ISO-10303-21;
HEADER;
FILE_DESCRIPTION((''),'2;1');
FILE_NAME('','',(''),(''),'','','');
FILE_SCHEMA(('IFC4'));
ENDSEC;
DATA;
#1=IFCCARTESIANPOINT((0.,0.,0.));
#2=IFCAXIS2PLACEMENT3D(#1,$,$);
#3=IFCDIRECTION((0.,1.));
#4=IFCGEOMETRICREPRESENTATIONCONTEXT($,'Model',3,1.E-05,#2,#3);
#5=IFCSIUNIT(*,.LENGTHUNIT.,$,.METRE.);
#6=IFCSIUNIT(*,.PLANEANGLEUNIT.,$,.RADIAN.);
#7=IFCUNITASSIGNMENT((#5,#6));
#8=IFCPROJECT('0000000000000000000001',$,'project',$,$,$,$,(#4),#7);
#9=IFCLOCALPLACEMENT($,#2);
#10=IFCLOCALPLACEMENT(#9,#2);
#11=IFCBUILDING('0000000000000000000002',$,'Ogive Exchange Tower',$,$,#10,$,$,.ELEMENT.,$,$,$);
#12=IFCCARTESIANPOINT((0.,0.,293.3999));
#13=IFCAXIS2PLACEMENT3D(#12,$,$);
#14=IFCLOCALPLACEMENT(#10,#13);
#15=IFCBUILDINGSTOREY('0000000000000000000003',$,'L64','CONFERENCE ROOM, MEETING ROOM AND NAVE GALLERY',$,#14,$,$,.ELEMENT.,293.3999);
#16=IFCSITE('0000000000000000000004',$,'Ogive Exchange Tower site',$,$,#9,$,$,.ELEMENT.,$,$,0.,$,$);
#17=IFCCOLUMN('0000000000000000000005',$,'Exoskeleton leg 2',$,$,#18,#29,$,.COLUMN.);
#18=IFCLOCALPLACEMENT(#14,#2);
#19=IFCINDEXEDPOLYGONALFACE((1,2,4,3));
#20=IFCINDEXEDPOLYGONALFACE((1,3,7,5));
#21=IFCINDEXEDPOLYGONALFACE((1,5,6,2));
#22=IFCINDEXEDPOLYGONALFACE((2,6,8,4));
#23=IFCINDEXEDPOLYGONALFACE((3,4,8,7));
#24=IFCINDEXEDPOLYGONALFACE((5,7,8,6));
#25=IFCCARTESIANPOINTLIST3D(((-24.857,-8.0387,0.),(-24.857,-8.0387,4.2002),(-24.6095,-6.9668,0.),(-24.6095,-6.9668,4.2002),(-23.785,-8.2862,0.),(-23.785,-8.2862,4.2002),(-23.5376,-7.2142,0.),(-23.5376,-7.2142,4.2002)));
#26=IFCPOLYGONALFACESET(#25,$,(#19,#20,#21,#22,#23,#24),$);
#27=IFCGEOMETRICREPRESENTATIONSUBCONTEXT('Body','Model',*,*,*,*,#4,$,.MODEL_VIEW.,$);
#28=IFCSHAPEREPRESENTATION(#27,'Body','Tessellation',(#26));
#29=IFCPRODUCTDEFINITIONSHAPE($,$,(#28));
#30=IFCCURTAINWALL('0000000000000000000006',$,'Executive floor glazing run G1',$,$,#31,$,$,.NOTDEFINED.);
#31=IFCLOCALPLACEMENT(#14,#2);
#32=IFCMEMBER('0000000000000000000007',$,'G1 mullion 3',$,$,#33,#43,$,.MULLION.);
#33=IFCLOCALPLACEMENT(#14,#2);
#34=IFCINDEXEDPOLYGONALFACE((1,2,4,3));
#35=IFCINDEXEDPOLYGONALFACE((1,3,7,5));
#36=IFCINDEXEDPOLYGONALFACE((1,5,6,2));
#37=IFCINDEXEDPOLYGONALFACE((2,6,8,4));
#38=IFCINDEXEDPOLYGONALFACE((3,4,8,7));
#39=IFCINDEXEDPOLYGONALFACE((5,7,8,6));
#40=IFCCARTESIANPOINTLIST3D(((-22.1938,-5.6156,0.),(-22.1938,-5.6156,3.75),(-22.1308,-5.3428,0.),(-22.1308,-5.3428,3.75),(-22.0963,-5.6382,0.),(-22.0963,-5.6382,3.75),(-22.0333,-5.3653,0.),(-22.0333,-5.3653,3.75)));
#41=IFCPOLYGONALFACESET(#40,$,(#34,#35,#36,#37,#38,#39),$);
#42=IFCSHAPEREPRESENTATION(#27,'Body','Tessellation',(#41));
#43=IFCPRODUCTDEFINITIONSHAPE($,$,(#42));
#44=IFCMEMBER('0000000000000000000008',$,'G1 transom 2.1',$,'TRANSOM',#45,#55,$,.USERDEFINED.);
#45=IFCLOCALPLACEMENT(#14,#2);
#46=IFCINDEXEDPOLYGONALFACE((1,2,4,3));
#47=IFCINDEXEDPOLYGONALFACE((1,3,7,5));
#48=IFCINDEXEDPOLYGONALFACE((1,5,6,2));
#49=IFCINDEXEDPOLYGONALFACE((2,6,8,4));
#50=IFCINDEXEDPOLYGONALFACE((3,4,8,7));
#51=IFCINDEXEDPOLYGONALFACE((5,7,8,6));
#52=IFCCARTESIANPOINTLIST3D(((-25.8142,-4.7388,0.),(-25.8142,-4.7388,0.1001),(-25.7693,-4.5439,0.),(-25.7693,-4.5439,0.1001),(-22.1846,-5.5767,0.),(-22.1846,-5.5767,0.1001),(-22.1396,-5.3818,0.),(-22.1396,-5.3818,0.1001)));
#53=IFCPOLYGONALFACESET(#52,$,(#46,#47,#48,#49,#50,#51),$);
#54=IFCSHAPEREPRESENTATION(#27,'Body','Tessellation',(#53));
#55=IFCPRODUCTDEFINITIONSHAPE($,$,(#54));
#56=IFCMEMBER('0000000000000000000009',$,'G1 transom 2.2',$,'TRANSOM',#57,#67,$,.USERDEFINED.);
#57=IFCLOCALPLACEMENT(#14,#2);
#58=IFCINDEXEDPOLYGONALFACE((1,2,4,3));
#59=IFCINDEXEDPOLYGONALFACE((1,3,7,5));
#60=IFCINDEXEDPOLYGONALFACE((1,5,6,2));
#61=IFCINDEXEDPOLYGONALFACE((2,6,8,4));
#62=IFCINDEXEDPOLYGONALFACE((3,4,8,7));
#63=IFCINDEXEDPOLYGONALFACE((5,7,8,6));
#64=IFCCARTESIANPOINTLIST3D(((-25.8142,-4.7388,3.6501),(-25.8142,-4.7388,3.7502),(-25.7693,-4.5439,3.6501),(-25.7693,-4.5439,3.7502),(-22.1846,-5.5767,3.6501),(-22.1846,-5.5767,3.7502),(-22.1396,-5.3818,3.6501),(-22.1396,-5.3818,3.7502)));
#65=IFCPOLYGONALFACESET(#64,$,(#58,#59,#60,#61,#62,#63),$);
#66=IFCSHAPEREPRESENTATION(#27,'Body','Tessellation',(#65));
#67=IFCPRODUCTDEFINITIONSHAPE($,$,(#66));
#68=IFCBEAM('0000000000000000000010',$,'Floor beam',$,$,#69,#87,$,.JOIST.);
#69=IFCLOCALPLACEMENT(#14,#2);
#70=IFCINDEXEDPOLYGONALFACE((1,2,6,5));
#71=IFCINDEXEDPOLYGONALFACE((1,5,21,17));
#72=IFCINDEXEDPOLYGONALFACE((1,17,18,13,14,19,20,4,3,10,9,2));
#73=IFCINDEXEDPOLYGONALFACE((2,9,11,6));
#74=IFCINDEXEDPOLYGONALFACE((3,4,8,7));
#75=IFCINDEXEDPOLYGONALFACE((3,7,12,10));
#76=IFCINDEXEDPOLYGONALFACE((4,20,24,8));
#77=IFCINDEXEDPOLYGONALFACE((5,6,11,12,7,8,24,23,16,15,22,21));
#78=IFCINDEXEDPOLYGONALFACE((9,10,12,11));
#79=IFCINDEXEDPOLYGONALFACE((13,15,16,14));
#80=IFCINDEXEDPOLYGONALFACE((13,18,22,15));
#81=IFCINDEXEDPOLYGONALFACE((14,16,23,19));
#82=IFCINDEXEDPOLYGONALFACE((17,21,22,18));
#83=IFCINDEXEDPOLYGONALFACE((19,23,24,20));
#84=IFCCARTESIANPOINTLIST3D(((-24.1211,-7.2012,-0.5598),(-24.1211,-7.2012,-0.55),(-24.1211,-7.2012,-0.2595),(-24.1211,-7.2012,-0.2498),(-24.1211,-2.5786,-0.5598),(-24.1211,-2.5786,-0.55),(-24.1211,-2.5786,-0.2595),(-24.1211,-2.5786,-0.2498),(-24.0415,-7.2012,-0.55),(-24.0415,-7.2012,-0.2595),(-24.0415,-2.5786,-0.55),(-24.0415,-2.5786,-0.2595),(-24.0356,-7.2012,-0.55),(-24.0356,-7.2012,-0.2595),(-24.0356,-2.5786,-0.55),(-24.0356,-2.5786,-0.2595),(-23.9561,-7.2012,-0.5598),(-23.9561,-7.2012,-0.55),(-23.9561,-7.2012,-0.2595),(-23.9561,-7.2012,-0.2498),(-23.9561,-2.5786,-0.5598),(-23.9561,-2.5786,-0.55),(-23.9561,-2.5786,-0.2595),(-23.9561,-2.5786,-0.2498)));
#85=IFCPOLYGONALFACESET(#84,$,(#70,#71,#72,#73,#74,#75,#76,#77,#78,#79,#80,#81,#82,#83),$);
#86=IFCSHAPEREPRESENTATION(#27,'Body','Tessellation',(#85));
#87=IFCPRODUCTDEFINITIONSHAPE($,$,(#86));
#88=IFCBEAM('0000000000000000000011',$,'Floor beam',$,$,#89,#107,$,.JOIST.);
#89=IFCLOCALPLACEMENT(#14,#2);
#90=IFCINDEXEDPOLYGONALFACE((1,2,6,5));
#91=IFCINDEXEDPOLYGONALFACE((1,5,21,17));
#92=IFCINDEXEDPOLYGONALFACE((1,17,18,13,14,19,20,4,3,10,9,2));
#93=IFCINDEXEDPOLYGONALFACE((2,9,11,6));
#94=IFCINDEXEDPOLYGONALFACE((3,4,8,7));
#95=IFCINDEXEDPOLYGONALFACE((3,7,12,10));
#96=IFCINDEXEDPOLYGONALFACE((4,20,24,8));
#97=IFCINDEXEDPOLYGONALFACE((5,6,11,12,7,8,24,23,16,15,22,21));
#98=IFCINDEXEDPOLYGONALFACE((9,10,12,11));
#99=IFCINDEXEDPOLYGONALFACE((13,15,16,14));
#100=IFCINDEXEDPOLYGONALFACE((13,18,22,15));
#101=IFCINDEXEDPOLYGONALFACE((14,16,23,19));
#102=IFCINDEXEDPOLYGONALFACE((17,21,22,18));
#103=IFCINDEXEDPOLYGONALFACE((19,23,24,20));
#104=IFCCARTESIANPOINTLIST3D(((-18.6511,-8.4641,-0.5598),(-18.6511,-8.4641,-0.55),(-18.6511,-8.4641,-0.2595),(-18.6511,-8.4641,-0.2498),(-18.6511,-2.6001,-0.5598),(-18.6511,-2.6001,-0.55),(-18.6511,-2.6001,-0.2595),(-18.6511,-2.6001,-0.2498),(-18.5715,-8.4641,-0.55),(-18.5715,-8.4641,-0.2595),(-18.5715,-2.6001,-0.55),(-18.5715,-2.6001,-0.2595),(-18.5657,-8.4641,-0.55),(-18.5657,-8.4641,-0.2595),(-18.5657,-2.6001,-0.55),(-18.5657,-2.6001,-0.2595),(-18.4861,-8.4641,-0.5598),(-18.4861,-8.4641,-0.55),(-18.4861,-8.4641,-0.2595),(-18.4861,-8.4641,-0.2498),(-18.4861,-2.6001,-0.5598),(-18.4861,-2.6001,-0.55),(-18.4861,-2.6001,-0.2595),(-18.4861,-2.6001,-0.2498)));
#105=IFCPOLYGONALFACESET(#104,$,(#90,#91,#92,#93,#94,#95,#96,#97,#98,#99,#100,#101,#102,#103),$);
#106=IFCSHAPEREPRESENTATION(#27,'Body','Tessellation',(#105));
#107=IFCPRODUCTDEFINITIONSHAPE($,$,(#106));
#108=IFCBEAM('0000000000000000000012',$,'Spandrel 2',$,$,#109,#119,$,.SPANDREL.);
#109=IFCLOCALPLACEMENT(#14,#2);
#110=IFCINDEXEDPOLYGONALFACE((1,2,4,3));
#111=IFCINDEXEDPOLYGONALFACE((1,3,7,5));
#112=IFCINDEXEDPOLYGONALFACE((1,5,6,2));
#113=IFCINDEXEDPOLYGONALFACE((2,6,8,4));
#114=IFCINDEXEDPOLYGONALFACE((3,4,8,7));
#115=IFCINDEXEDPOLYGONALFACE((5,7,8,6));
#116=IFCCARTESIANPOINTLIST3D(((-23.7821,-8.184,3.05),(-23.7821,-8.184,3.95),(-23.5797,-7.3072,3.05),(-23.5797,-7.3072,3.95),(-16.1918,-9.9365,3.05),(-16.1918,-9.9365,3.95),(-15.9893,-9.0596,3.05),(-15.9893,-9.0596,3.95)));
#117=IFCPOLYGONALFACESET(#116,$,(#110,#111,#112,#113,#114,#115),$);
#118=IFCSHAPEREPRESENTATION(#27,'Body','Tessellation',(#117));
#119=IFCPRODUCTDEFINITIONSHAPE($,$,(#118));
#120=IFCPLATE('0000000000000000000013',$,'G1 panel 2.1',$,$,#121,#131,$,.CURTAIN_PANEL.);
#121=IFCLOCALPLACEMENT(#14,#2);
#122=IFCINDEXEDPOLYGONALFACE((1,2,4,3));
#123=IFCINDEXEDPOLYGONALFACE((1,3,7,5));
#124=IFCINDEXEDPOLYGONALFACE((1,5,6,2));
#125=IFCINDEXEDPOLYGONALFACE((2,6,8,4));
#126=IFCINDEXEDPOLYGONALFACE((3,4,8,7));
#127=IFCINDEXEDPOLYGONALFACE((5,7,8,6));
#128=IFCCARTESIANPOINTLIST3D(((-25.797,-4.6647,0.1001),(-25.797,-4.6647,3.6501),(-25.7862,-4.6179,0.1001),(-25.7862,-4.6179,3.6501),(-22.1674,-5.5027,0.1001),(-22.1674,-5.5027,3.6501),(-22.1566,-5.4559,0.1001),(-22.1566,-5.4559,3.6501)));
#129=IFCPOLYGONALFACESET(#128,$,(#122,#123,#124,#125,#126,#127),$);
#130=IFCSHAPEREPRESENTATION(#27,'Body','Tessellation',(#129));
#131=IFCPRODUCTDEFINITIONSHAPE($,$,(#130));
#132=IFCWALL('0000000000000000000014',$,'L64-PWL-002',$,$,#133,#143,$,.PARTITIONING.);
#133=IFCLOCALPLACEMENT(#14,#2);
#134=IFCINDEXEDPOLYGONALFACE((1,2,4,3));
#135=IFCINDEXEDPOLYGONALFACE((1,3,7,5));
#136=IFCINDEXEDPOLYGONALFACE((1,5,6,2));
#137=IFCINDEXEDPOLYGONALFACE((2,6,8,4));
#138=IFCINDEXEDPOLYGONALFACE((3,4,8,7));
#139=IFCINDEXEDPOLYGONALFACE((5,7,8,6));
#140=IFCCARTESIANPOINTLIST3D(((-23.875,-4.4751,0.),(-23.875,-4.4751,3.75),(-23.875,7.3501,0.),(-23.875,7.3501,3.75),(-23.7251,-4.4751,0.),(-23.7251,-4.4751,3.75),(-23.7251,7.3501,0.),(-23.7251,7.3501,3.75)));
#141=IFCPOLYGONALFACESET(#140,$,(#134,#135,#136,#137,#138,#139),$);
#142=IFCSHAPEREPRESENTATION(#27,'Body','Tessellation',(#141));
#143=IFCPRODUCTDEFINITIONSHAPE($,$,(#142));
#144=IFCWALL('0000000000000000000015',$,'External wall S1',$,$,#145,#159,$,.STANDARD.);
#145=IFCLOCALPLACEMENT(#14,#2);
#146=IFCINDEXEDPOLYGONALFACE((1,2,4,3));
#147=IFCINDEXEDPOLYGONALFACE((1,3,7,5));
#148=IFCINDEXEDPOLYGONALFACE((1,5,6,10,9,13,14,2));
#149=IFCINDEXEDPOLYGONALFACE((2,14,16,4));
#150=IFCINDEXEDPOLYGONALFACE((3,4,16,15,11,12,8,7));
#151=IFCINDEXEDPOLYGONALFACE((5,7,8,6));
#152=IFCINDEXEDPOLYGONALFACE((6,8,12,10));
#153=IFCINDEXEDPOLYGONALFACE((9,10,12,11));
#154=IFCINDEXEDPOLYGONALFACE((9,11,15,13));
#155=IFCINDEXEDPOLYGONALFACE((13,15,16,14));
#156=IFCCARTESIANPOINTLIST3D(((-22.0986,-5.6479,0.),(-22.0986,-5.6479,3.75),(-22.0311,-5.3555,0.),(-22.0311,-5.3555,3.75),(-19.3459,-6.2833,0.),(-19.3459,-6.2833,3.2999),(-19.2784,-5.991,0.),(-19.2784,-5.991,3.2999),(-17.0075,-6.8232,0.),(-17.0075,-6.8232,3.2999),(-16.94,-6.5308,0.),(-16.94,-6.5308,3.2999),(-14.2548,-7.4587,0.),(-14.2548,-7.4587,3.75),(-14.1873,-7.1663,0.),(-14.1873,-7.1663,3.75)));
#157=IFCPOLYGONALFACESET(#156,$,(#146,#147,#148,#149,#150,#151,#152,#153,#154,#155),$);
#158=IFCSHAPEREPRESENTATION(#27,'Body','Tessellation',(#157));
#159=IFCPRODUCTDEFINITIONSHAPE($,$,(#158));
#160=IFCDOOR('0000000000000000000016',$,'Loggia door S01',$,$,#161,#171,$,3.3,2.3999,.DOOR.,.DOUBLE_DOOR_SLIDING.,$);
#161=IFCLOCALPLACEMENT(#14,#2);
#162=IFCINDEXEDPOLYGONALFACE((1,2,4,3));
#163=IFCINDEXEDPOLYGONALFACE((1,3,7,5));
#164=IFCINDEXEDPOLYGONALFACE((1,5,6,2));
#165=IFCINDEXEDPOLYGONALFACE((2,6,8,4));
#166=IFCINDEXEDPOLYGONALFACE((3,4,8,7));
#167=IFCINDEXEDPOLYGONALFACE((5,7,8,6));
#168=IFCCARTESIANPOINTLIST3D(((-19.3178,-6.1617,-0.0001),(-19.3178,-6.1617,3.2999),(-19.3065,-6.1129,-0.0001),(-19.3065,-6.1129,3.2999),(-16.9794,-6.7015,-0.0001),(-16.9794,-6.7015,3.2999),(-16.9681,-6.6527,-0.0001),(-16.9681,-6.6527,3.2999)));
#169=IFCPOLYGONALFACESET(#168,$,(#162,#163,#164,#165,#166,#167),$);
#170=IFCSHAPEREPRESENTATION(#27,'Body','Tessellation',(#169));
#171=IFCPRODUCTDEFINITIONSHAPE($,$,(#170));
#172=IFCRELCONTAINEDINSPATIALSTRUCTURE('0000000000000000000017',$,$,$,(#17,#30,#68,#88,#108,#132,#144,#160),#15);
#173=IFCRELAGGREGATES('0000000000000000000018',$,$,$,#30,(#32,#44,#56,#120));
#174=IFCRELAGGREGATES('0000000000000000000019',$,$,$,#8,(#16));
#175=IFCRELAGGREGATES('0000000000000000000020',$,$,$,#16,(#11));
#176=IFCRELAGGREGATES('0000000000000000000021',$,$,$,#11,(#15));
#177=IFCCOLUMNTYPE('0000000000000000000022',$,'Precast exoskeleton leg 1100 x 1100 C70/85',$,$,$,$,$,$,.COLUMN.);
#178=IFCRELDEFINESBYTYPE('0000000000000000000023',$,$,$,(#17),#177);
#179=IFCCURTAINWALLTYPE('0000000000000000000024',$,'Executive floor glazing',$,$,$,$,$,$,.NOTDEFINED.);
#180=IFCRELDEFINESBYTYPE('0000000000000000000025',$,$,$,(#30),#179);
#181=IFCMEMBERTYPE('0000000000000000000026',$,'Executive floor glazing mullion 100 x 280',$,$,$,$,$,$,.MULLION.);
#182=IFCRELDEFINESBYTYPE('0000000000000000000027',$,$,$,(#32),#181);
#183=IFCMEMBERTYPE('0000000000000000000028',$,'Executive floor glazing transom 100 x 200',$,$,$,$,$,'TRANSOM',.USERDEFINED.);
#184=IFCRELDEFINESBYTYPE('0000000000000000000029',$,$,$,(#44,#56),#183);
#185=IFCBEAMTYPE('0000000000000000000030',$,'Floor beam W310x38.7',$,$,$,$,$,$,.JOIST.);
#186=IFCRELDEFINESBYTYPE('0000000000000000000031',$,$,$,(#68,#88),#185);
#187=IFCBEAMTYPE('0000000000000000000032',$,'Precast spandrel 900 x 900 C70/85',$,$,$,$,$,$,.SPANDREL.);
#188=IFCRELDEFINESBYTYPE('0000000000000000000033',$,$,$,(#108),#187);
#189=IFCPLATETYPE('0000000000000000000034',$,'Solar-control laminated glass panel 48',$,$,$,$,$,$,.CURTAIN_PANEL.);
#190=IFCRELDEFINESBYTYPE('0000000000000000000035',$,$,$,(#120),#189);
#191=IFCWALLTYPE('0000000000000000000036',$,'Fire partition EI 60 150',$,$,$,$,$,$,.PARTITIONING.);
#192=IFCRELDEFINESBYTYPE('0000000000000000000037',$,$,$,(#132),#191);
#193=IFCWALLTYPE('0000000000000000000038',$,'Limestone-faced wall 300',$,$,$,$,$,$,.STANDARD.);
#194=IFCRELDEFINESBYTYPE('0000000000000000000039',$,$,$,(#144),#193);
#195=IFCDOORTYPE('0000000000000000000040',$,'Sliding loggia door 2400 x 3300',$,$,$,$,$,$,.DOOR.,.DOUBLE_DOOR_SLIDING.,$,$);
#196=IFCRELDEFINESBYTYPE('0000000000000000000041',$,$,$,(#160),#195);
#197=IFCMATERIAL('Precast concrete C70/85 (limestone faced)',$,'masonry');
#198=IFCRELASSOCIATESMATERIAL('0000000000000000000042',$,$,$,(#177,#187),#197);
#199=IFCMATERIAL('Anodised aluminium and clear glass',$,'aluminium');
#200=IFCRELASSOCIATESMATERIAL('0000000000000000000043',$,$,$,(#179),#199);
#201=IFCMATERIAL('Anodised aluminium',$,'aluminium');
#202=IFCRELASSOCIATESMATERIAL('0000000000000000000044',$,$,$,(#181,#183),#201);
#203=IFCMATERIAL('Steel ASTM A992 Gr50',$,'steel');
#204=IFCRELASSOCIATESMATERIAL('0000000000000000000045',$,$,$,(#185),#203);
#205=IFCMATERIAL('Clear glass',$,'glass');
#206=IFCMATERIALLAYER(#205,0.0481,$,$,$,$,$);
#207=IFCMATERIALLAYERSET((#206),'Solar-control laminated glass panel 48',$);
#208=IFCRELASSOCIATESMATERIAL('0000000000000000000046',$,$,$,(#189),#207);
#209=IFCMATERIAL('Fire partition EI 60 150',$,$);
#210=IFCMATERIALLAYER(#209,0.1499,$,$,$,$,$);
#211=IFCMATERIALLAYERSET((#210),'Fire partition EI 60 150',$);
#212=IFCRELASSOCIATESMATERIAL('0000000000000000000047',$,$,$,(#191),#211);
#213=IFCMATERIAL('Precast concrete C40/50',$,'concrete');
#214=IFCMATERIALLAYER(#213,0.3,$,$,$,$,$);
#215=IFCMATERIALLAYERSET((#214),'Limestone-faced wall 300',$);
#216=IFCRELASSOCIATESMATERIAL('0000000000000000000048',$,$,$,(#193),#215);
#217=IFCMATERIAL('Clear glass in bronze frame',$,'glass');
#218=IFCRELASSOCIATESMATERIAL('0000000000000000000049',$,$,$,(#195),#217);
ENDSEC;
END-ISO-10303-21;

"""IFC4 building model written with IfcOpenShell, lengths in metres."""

from ifc_helpers import new_model, si_unit, direction, frame, frame_2d, origin, origin_2d, place, context, subcontext, project, spatial, rectangle, i_section, extrude, material, layer, layer_set, material_profile, profile_set, type_object, element, fill, aggregate, save


model = new_model("IFC4")

# Units and contexts
model_context = context("Model", 3, precision=1e-05, world=origin(), true_north=direction((0.0, 1.0)))
body_context = subcontext(model_context, "Body", "Model", "MODEL_VIEW")
ifc_project = project(units=[si_unit("LENGTHUNIT", "METRE"), si_unit("PLANEANGLEUNIT", "RADIAN")], contexts=[model_context])

# Site, building, storey
site_placement = place(None, origin())
site = spatial("IfcSite", under=ifc_project, at=site_placement, Name="Ogive Exchange Tower site", CompositionType="ELEMENT", RefElevation=0.0)
building_placement = place(site_placement, origin())
building = spatial("IfcBuilding", under=site, at=building_placement, Name="Ogive Exchange Tower", CompositionType="ELEMENT")
storey_placement = place(building_placement, frame((0.0, 0.0, 293.3999)))
storey = spatial("IfcBuildingStorey", under=building, at=storey_placement, Name="L64", Description="CONFERENCE ROOM, MEETING ROOM AND NAVE GALLERY", CompositionType="ELEMENT", Elevation=293.3999)

# Column
ifc_material_1 = material(Name="Precast concrete C70/85 (limestone faced)", Category="masonry")
ifc_material_profile_1 = material_profile(ifc_material_1, rectangle(XDim=1.1001, YDim=1.1001, at=origin_2d()), Name="1100 x 1100")
ifc_profile_set_1 = profile_set([ifc_material_profile_1], Name="Precast concrete C70/85 (limestone faced)")
column_type = type_object("IfcColumnType", Name="Precast exoskeleton leg 1100 x 1100 C70/85", PredefinedType="COLUMN", material=ifc_profile_set_1)
column_placement = place(storey_placement, frame((-24.1973, -7.6265, 0.0), z_axis=(0.0, 0.0, 1.0), x_axis=(0.97437, -0.224951, 0.0)))
element("IfcColumn", 1, at=column_placement, inside=storey, type_object=column_type, Name="Exoskeleton leg 2", PredefinedType="COLUMN", context=body_context, shape_type="SweptSolid", body=[
    extrude(rectangle(XDim=1.1001, YDim=1.1001, at=origin_2d()), origin(), (0.0, 0.0, 1.0), 4.2002),
])

# Curtain wall, members
ifc_material_2 = material(Name="Anodised aluminium and clear glass", Category="aluminium")
curtain_wall_type = type_object("IfcCurtainWallType", Name="Executive floor glazing", PredefinedType="NOTDEFINED", material=ifc_material_2)
curtain_wall_placement = place(storey_placement, origin())
curtain_wall = element("IfcCurtainWall", 2, at=curtain_wall_placement, inside=storey, type_object=curtain_wall_type, Name="Executive floor glazing run G1", PredefinedType="NOTDEFINED")
ifc_material_3 = material(Name="Anodised aluminium", Category="aluminium")
ifc_material_profile_2 = material_profile(ifc_material_3, rectangle(XDim=0.28, YDim=0.1001, at=origin_2d()), Name="AL 100x280")
ifc_profile_set_2 = profile_set([ifc_material_profile_2], Name="Anodised aluminium")
member_type_1 = type_object("IfcMemberType", Name="Executive floor glazing mullion 100 x 280", PredefinedType="MULLION", material=ifc_profile_set_2)
member_1_placement = place(storey_placement, frame((-22.1135, -5.4905, 0.0), z_axis=(0.0, 0.0, 1.0), x_axis=(0.224954, 0.974369, 0.0)))
member_1 = element("IfcMember", 3, at=member_1_placement, type_object=member_type_1, Name="G1 mullion 3", PredefinedType="MULLION", context=body_context, shape_type="SweptSolid", body=[
    extrude(rectangle(XDim=0.28, YDim=0.1001, at=origin_2d()), origin(), (0.0, 0.0, 1.0), 3.75),
])
ifc_material_profile_3 = material_profile(ifc_material_3, rectangle(XDim=0.2, YDim=0.1001, at=origin_2d()), Name="AL 100x200")
ifc_profile_set_3 = profile_set([ifc_material_profile_3], Name="Anodised aluminium")
member_type_2 = type_object("IfcMemberType", Name="Executive floor glazing transom 100 x 200", ElementType="TRANSOM", PredefinedType="USERDEFINED", material=ifc_profile_set_3)
member_2_placement = place(storey_placement, frame((-25.7917, -4.6414, 0.05), z_axis=(0.974375, -0.224931, 0.0), x_axis=(0.224931, 0.974375, 0.0)))
member_2 = element("IfcMember", 4, at=member_2_placement, type_object=member_type_2, Name="G1 transom 2.1", ObjectType="TRANSOM", PredefinedType="USERDEFINED", context=body_context, shape_type="SweptSolid", body=[
    extrude(rectangle(XDim=0.2, YDim=0.1001, at=origin_2d()), origin(), (0.0, 0.0, 1.0), 3.7251),
])
member_3_placement = place(storey_placement, frame((-25.7917, -4.6414, 3.7002), z_axis=(0.974375, -0.224931, 0.0), x_axis=(0.224931, 0.974375, 0.0)))
member_3 = element("IfcMember", 5, at=member_3_placement, type_object=member_type_2, Name="G1 transom 2.2", ObjectType="TRANSOM", PredefinedType="USERDEFINED", context=body_context, shape_type="SweptSolid", body=[
    extrude(rectangle(XDim=0.2, YDim=0.1001, at=origin_2d()), origin(), (0.0, 0.0, 1.0), 3.7251),
])

# Beams
ifc_material_4 = material(Name="Steel ASTM A992 Gr50", Category="steel")
ifc_material_profile_4 = material_profile(ifc_material_4, i_section(OverallWidth=0.165, OverallDepth=0.3101, WebThickness=0.0059, FlangeThickness=0.0098, at=origin_2d()), Name="W310x38.7")
ifc_profile_set_4 = profile_set([ifc_material_profile_4], Name="Steel ASTM A992 Gr50")
beam_type_1 = type_object("IfcBeamType", Name="Floor beam W310x38.7", PredefinedType="JOIST", material=ifc_profile_set_4)
beam_1_placement = place(storey_placement, frame((-24.0386, -7.2012, -0.4048), z_axis=(0.0, 1.0, 0.0), x_axis=(-1.0, 0.0, 0.0)))
element("IfcBeam", 6, at=beam_1_placement, inside=storey, type_object=beam_type_1, Name="Floor beam", PredefinedType="JOIST", context=body_context, shape_type="SweptSolid", body=[
    extrude(i_section(OverallWidth=0.165, OverallDepth=0.3101, WebThickness=0.0059, FlangeThickness=0.0098, at=origin_2d()), origin(), (0.0, 0.0, 1.0), 4.6226),
])
beam_2_placement = place(storey_placement, frame((-18.5686, -8.4641, -0.4048), z_axis=(0.0, 1.0, 0.0), x_axis=(-1.0, 0.0, 0.0)))
element("IfcBeam", 7, at=beam_2_placement, inside=storey, type_object=beam_type_1, Name="Floor beam", PredefinedType="JOIST", context=body_context, shape_type="SweptSolid", body=[
    extrude(i_section(OverallWidth=0.165, OverallDepth=0.3101, WebThickness=0.0059, FlangeThickness=0.0098, at=origin_2d()), origin(), (0.0, 0.0, 1.0), 5.864),
])
ifc_material_profile_5 = material_profile(ifc_material_1, rectangle(XDim=0.8999, YDim=0.8999, at=origin_2d()), Name="900 x 900")
ifc_profile_set_5 = profile_set([ifc_material_profile_5], Name="Precast concrete C70/85 (limestone faced)")
beam_type_2 = type_object("IfcBeamType", Name="Precast spandrel 900 x 900 C70/85", PredefinedType="SPANDREL", material=ifc_profile_set_5)
beam_3_placement = place(storey_placement, frame((-23.6809, -7.7456, 3.5), z_axis=(0.974368, -0.22496, 0.0), x_axis=(0.22496, 0.974368, 0.0)))
element("IfcBeam", 8, at=beam_3_placement, inside=storey, type_object=beam_type_2, Name="Spandrel 2", PredefinedType="SPANDREL", context=body_context, shape_type="SweptSolid", body=[
    extrude(rectangle(XDim=0.8999, YDim=0.8999, at=origin_2d()), origin(), (0.0, 0.0, 1.0), 7.79),
])

# Plate
ifc_material_5 = material(Name="Clear glass", Category="glass")
ifc_layer_1 = layer(ifc_material_5, 0.0481)
ifc_layer_set_1 = layer_set([ifc_layer_1], Name="Solar-control laminated glass panel 48")
plate_type = type_object("IfcPlateType", Name="Solar-control laminated glass panel 48", PredefinedType="CURTAIN_PANEL", material=ifc_layer_set_1)
plate_placement = place(storey_placement, frame((-23.9768, -5.0603, 0.1001), z_axis=(0.0, 0.0, 1.0), x_axis=(0.974369, -0.224954, 0.0)))
plate = element("IfcPlate", 9, at=plate_placement, type_object=plate_type, Name="G1 panel 2.1", PredefinedType="CURTAIN_PANEL", context=body_context, shape_type="SweptSolid", body=[
    extrude(rectangle(XDim=3.7251, YDim=0.0481, at=origin_2d()), origin(), (0.0, 0.0, 1.0), 3.55),
])
aggregate(curtain_wall, [member_1, member_2, member_3, plate])

# Wall
ifc_material_6 = material(Name="Fire partition EI 60 150")
ifc_layer_2 = layer(ifc_material_6, 0.1499)
ifc_layer_set_2 = layer_set([ifc_layer_2], Name="Fire partition EI 60 150")
wall_type_1 = type_object("IfcWallType", Name="Fire partition EI 60 150", PredefinedType="PARTITIONING", material=ifc_layer_set_2)
wall_1_placement = place(storey_placement, frame((-23.8, -4.4751, 0.0), z_axis=(0.0, 0.0, 1.0), x_axis=(0.0, 1.0, 0.0)))
element("IfcWall", 10, at=wall_1_placement, inside=storey, type_object=wall_type_1, Name="L64-PWL-002", PredefinedType="PARTITIONING", context=body_context, shape_type="SweptSolid", body=[
    extrude(rectangle(XDim=11.8252, YDim=0.1499, at=frame_2d((5.9126, 0.0))), origin(), (0.0, 0.0, 1.0), 3.75),
])

# Wall, opening, door
ifc_material_7 = material(Name="Precast concrete C40/50", Category="concrete")
ifc_layer_3 = layer(ifc_material_7, 0.3)
ifc_layer_set_3 = layer_set([ifc_layer_3], Name="Limestone-faced wall 300")
wall_type_2 = type_object("IfcWallType", Name="Limestone-faced wall 300", PredefinedType="STANDARD", material=ifc_layer_set_3)
wall_2_placement = place(storey_placement, frame((-22.0647, -5.5017, 0.0), z_axis=(0.0, 0.0, 1.0), x_axis=(0.974372, -0.224941, 0.0)))
wall_2 = element("IfcWall", 11, at=wall_2_placement, inside=storey, type_object=wall_type_2, Name="External wall S1", PredefinedType="STANDARD", context=body_context, shape_type="SweptSolid", body=[
    extrude(rectangle(XDim=8.05, YDim=0.3, at=frame_2d((4.0249, 0.0))), origin(), (0.0, 0.0, 1.0), 3.75),
])
opening_1_placement = place(wall_2_placement, frame((2.825, 0.0, 0.0)))
opening_1 = element("IfcOpeningElement", 12, at=opening_1_placement, cuts=wall_2, PredefinedType="OPENING", context=body_context, shape_type="SweptSolid", body=[
    extrude(rectangle(XDim=2.3999, YDim=3.3, at=frame_2d((1.2, 1.6499))), frame((0.0, 0.1599, 0.0), z_axis=(0.0, -1.0, 0.0), x_axis=(1.0, 0.0, 0.0)), (0.0, 0.0, 1.0), 0.3201),
])
ifc_material_8 = material(Name="Clear glass in bronze frame", Category="glass")
door_type_1 = type_object("IfcDoorType", Name="Sliding loggia door 2400 x 3300", OperationType="DOUBLE_DOOR_SLIDING", PredefinedType="DOOR", material=ifc_material_8)
door_1_placement = place(opening_1_placement, origin())
door_1 = element("IfcDoor", 13, at=door_1_placement, inside=storey, type_object=door_type_1, Name="Loggia door S01", OperationType="DOUBLE_DOOR_SLIDING", OverallHeight=3.3, OverallWidth=2.3999, PredefinedType="DOOR", context=body_context, shape_type="SweptSolid", body=[
    extrude(rectangle(XDim=2.3999, YDim=3.3, at=frame_2d((1.2, 1.6499))), frame((0.0, 0.0249, 0.0), z_axis=(0.0, -1.0, 0.0), x_axis=(1.0, 0.0, 0.0)), (0.0, 0.0, 1.0), 0.05),
])
fill(opening_1, door_1)

save(model, "model.ifc")
